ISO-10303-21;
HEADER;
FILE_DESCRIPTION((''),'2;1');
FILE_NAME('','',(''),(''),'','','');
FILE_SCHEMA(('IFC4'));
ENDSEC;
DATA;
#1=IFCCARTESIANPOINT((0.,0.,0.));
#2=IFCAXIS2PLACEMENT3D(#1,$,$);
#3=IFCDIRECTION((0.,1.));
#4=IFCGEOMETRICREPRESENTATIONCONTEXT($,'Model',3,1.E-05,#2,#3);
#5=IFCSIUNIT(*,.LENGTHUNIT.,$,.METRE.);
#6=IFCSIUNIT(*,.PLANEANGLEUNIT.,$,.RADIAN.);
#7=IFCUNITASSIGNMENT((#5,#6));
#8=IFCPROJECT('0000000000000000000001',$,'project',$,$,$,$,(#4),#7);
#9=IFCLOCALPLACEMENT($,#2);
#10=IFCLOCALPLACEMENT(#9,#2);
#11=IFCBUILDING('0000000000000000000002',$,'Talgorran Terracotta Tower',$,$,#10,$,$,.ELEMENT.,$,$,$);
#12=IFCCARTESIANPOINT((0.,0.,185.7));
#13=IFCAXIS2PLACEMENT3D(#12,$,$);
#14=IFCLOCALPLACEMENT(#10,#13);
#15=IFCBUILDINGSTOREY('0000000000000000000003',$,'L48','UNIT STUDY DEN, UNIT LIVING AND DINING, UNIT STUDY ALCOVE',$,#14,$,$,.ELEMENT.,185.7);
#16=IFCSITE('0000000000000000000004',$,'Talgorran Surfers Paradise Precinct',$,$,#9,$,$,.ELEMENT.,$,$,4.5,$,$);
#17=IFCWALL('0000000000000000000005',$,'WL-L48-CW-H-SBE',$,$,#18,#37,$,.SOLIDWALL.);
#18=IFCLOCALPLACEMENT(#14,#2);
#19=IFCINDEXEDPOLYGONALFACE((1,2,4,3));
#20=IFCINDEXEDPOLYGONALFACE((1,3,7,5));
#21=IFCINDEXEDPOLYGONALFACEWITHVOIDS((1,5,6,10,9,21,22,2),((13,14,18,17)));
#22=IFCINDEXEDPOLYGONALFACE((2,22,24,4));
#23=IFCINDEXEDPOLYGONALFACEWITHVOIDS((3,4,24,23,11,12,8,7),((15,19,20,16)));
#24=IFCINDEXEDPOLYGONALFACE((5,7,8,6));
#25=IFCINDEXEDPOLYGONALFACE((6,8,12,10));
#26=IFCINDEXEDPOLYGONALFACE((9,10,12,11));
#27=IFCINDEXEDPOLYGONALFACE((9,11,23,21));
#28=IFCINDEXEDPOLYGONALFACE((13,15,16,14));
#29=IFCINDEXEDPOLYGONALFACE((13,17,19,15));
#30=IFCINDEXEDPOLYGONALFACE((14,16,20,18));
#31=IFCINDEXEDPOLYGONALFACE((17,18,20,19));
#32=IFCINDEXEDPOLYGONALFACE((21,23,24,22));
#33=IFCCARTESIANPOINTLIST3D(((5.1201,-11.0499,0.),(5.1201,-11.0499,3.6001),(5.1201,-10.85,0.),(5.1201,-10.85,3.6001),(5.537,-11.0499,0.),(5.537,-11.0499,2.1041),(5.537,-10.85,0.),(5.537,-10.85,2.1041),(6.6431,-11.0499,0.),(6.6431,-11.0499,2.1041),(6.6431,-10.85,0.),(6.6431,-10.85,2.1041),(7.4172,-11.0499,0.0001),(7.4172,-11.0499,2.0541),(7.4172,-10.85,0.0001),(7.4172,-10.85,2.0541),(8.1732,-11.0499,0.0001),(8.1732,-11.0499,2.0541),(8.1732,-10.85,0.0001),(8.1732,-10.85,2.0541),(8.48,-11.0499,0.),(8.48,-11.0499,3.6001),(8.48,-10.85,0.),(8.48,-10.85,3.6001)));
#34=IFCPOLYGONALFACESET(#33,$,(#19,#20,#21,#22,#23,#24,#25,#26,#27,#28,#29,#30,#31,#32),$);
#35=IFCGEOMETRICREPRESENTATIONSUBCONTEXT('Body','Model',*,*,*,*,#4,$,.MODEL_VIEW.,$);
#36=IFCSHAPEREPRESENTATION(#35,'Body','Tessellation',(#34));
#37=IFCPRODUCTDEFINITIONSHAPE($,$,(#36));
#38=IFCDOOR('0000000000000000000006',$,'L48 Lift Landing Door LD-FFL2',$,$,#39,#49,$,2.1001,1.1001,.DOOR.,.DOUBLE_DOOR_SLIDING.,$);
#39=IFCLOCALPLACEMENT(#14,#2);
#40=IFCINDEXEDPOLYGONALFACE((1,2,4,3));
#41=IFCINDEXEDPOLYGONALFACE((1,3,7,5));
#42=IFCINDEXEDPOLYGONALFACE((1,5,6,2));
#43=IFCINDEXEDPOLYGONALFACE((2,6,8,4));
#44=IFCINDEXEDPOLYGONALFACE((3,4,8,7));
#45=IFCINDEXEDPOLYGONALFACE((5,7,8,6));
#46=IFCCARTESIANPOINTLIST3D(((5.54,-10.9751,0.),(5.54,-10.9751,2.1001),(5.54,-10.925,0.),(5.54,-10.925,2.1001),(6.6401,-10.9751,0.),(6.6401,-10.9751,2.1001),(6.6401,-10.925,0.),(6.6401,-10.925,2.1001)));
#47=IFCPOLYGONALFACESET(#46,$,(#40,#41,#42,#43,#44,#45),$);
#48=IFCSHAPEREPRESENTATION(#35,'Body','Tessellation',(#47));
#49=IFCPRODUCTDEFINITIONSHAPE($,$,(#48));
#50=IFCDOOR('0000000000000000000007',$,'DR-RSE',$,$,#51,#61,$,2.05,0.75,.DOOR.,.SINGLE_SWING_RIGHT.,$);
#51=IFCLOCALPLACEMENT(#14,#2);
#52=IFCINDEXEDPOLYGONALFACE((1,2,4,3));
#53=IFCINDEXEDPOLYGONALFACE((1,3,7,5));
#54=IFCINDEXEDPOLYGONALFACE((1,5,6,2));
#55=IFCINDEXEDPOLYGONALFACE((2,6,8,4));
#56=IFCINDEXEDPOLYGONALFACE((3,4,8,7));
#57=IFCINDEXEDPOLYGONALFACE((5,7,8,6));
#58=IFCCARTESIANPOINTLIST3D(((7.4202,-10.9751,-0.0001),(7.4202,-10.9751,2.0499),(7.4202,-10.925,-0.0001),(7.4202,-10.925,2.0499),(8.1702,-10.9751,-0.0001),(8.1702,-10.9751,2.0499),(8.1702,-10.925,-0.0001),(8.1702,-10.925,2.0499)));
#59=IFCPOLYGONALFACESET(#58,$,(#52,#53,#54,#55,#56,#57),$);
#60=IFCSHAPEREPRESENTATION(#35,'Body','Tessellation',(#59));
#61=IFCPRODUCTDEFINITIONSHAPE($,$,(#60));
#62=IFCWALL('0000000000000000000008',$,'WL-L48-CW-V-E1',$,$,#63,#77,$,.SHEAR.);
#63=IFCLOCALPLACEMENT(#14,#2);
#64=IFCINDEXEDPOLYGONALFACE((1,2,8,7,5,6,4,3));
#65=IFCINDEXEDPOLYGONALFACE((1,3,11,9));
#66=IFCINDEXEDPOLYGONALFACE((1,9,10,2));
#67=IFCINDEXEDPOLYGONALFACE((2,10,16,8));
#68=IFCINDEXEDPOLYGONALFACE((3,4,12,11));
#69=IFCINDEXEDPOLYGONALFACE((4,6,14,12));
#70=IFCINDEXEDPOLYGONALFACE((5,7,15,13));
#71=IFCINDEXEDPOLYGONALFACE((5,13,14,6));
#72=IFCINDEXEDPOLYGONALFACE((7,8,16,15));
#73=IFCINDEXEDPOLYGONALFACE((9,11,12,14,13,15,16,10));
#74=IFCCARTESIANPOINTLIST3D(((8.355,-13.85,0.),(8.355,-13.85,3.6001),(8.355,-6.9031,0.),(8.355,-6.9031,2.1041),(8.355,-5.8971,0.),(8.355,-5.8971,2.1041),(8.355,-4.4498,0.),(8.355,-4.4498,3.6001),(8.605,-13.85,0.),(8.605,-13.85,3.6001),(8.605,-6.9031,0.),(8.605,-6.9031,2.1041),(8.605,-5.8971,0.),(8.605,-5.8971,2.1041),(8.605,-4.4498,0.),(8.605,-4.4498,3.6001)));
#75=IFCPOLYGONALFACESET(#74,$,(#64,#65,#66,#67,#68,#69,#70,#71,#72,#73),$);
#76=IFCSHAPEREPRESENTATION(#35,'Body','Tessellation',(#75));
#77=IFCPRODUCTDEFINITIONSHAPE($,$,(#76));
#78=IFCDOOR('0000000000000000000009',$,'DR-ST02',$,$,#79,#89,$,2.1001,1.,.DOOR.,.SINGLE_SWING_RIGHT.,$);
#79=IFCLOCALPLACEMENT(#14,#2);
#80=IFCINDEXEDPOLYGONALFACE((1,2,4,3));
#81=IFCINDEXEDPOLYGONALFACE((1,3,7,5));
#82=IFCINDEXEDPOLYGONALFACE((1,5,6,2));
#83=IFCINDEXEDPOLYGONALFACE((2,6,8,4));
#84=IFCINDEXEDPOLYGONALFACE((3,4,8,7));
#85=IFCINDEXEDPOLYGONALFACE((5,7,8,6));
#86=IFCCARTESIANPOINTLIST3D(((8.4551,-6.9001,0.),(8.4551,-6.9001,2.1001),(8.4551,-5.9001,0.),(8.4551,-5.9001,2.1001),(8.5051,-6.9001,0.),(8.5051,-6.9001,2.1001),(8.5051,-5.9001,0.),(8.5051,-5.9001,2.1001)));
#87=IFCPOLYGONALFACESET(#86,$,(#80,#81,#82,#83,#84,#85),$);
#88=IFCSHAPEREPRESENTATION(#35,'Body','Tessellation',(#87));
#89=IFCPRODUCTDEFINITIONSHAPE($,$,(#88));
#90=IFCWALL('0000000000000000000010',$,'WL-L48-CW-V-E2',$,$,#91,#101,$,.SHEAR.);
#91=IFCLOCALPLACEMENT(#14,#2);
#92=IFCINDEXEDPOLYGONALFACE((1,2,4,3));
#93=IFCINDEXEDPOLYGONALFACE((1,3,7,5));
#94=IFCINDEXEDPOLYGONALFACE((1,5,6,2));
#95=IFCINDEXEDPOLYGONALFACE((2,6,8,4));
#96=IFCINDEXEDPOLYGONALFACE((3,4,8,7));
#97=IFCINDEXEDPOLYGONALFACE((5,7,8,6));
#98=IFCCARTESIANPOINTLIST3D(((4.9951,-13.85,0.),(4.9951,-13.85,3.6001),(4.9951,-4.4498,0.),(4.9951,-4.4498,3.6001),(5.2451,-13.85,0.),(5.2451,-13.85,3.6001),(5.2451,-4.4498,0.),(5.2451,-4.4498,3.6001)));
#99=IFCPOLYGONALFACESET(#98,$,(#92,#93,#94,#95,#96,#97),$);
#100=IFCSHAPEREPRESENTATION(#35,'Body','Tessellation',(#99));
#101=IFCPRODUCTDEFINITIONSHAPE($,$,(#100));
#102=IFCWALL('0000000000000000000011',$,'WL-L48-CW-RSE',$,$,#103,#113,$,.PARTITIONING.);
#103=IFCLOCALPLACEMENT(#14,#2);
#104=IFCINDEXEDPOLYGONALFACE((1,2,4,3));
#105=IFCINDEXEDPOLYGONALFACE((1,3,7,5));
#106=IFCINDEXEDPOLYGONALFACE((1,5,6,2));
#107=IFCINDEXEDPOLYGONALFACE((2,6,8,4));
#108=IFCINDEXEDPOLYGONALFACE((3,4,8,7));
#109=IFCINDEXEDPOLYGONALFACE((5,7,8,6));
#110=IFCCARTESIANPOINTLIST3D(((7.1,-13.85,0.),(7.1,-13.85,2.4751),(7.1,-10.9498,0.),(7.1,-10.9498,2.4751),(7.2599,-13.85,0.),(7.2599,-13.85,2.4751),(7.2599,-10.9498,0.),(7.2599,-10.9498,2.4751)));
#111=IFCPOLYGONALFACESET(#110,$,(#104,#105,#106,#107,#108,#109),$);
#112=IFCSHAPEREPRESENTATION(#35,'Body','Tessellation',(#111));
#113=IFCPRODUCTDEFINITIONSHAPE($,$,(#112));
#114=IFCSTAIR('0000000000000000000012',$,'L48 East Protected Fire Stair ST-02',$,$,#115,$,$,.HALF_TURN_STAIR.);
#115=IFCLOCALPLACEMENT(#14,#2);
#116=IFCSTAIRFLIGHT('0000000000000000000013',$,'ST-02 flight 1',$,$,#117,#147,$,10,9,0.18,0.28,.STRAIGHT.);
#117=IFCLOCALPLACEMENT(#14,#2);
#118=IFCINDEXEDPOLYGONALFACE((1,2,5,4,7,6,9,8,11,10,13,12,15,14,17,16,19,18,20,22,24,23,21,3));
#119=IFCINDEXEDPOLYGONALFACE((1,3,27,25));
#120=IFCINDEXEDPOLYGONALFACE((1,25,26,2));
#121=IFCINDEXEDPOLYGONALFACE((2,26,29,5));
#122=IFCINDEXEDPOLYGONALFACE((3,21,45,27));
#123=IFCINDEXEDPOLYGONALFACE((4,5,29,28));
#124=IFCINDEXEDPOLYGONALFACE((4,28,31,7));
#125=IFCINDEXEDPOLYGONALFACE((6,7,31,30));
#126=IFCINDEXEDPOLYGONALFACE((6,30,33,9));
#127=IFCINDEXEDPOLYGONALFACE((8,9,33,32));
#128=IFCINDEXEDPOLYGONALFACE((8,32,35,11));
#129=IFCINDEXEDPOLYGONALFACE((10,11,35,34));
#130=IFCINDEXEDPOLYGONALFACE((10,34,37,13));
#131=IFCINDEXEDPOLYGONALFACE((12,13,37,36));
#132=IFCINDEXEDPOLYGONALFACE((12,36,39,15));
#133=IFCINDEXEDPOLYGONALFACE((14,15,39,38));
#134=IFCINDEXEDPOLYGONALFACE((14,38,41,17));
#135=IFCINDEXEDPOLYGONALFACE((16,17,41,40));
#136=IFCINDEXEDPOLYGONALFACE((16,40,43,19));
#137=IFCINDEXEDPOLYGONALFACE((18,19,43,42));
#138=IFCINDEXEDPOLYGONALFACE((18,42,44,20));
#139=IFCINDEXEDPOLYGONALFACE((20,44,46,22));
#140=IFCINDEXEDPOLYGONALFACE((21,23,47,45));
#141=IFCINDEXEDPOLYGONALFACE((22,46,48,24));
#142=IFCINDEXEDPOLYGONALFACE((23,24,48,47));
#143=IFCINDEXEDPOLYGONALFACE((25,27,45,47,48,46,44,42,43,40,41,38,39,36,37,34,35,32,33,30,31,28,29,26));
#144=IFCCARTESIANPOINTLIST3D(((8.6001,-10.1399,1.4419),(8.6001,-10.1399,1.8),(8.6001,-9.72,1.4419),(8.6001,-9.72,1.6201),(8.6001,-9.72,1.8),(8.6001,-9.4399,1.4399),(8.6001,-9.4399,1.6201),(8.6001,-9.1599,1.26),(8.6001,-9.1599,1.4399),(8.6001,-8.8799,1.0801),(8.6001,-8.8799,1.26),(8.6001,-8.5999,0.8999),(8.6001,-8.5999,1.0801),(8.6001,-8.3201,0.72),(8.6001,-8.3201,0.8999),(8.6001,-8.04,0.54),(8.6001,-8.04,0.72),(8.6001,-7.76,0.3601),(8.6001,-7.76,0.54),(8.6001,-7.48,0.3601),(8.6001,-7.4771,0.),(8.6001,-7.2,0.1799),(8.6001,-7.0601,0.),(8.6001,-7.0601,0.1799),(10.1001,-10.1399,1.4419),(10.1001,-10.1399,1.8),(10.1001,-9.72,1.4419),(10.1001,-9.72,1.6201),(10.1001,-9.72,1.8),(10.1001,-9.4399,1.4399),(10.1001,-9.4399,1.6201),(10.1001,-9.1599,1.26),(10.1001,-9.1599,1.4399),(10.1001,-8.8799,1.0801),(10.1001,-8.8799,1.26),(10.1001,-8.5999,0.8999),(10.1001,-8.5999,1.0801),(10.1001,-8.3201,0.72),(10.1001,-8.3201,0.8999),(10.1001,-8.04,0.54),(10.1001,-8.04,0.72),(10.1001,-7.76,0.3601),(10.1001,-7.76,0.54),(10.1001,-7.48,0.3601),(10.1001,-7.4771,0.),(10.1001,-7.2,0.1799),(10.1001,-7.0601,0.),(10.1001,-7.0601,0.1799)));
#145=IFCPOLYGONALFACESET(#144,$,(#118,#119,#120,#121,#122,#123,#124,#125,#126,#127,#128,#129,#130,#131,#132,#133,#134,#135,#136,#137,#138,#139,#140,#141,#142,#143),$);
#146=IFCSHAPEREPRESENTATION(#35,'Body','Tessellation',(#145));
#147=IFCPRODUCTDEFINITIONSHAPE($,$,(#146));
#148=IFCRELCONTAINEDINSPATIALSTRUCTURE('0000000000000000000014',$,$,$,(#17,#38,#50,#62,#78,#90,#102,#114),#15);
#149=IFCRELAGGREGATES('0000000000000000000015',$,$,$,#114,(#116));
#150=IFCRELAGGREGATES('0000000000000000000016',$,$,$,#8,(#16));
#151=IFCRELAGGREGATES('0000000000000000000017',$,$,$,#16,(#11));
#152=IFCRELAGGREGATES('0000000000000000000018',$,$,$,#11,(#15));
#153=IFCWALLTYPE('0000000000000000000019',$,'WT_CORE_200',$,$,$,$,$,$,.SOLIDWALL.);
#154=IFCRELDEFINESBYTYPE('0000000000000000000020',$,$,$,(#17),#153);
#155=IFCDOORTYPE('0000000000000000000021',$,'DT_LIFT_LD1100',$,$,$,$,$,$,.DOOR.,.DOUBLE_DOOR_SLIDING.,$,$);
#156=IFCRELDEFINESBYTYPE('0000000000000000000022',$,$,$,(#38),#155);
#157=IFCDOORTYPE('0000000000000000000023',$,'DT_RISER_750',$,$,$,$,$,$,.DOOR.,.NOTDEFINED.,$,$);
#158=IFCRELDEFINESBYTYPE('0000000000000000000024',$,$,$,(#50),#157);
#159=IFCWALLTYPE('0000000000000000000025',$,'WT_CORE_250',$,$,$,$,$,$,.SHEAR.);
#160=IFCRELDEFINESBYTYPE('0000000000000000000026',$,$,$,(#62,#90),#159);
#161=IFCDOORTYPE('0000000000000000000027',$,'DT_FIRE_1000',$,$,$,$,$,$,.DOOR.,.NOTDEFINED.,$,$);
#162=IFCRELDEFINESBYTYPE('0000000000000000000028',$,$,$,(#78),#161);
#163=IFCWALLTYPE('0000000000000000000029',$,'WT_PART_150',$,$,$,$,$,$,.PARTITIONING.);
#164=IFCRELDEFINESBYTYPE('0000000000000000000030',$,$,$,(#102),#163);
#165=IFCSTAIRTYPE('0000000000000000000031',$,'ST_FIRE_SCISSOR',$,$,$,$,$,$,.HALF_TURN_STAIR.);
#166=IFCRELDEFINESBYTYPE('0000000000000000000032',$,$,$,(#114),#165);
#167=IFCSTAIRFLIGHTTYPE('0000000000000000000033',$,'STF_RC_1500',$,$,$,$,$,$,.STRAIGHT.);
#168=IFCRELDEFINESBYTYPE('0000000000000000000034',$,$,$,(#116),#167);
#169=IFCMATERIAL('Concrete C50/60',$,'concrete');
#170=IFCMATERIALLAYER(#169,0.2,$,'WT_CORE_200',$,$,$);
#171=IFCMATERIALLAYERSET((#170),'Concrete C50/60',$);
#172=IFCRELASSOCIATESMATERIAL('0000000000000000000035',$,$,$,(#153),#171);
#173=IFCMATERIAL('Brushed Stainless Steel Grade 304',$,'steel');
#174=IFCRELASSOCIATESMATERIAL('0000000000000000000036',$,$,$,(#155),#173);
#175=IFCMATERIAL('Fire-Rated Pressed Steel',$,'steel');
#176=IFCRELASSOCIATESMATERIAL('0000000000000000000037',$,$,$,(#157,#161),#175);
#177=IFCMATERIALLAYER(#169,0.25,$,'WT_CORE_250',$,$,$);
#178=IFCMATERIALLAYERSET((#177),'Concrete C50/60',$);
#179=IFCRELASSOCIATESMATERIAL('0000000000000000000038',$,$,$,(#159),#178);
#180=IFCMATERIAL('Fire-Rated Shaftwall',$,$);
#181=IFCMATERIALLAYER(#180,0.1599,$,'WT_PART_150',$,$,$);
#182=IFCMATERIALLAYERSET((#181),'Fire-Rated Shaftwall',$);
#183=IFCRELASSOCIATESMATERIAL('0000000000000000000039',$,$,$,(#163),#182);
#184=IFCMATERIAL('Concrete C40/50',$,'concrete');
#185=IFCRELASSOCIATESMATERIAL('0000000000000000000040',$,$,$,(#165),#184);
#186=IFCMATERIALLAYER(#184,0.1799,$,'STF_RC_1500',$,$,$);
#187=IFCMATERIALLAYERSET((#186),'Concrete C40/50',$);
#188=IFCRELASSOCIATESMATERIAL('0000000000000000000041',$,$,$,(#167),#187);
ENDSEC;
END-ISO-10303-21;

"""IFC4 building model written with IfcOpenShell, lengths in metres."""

from ifc_helpers import new_model, si_unit, direction, frame, frame_2d, origin, place, context, subcontext, project, spatial, polyline, rectangle, outline, extrude, material, layer, layer_set, type_object, element, fill, aggregate, save


model = new_model("IFC4")

# Units and contexts
model_context = context("Model", 3, precision=1e-05, world=origin(), true_north=direction((0.0, 1.0)))
body_context = subcontext(model_context, "Body", "Model", "MODEL_VIEW")
ifc_project = project(units=[si_unit("LENGTHUNIT", "METRE"), si_unit("PLANEANGLEUNIT", "RADIAN")], contexts=[model_context])

# Site, building, storey
site_placement = place(None, origin())
site = spatial("IfcSite", under=ifc_project, at=site_placement, Name="Talgorran Surfers Paradise Precinct", CompositionType="ELEMENT", RefElevation=4.5)
building_placement = place(site_placement, origin())
building = spatial("IfcBuilding", under=site, at=building_placement, Name="Talgorran Terracotta Tower", CompositionType="ELEMENT")
storey_placement = place(building_placement, frame((0.0, 0.0, 185.7)))
storey = spatial("IfcBuildingStorey", under=building, at=storey_placement, Name="L48", Description="UNIT STUDY DEN, UNIT LIVING AND DINING, UNIT STUDY ALCOVE", CompositionType="ELEMENT", Elevation=185.7)

# Shared definitions
ifc_material_1 = material(Name="Concrete C50/60", Category="concrete")

# Shared definitions
ifc_layer_1 = layer(ifc_material_1, 0.2, Name="WT_CORE_200")
ifc_layer_set_1 = layer_set([ifc_layer_1], Name="Concrete C50/60")
wall_type_1 = type_object("IfcWallType", Name="WT_CORE_200", PredefinedType="SOLIDWALL", material=ifc_layer_set_1)

# Wall, openings, doors
wall_1_placement = place(storey_placement, frame((5.1201, -10.95, 0.0), z_axis=(0.0, 0.0, 1.0), x_axis=(1.0, 0.0, 0.0)))
wall_1 = element("IfcWall", 1, at=wall_1_placement, inside=storey, type_object=wall_type_1, Name="WL-L48-CW-H-SBE", PredefinedType="SOLIDWALL", context=body_context, shape_type="SweptSolid", body=[
    extrude(rectangle(XDim=3.3599, YDim=0.2, at=frame_2d((1.6799, 0.0))), origin(), (0.0, 0.0, 1.0), 3.6001),
])
opening_1_placement = place(wall_1_placement, frame((0.4199, 0.0, 0.0)))
opening_1 = element("IfcOpeningElement", 2, at=opening_1_placement, cuts=wall_1, PredefinedType="OPENING", context=body_context, shape_type="SweptSolid", body=[
    extrude(rectangle(XDim=1.1061, YDim=2.1041, at=frame_2d((0.55, 1.052))), frame((0.0, 0.1099, 0.0), z_axis=(0.0, -1.0, 0.0), x_axis=(1.0, 0.0, 0.0)), (0.0, 0.0, 1.0), 0.22),
])
opening_2_placement = place(wall_1_placement, frame((2.3, 0.0, 0.0)))
opening_2 = element("IfcOpeningElement", 3, at=opening_2_placement, cuts=wall_1, PredefinedType="OPENING", context=body_context, shape_type="SweptSolid", body=[
    extrude(rectangle(XDim=0.756, YDim=2.054, at=frame_2d((0.375, 1.0271))), frame((0.0, 0.1099, 0.0), z_axis=(0.0, -1.0, 0.0), x_axis=(1.0, 0.0, 0.0)), (0.0, 0.0, 1.0), 0.22),
])
ifc_material_2 = material(Name="Brushed Stainless Steel Grade 304", Category="steel")
door_type_1 = type_object("IfcDoorType", Name="DT_LIFT_LD1100", OperationType="DOUBLE_DOOR_SLIDING", PredefinedType="DOOR", material=ifc_material_2)
door_1_placement = place(opening_1_placement, origin())
door_1 = element("IfcDoor", 4, at=door_1_placement, inside=storey, type_object=door_type_1, Name="L48 Lift Landing Door LD-FFL2", OperationType="DOUBLE_DOOR_SLIDING", OverallHeight=2.1001, OverallWidth=1.1001, PredefinedType="DOOR", context=body_context, shape_type="SweptSolid", body=[
    extrude(rectangle(XDim=1.1001, YDim=2.1001, at=frame_2d((0.55, 1.05))), frame((0.0, 0.0249, 0.0), z_axis=(0.0, -1.0, 0.0), x_axis=(1.0, 0.0, 0.0)), (0.0, 0.0, 1.0), 0.05),
])
fill(opening_1, door_1)
ifc_material_3 = material(Name="Fire-Rated Pressed Steel", Category="steel")
door_type_2 = type_object("IfcDoorType", Name="DT_RISER_750", OperationType="NOTDEFINED", PredefinedType="DOOR", material=ifc_material_3)
door_2_placement = place(opening_2_placement, origin())
door_2 = element("IfcDoor", 5, at=door_2_placement, inside=storey, type_object=door_type_2, Name="DR-RSE", OperationType="SINGLE_SWING_RIGHT", OverallHeight=2.05, OverallWidth=0.75, PredefinedType="DOOR", context=body_context, shape_type="SweptSolid", body=[
    extrude(rectangle(XDim=0.75, YDim=2.05, at=frame_2d((0.375, 1.0249))), frame((0.0, 0.0249, 0.0), z_axis=(0.0, -1.0, 0.0), x_axis=(1.0, 0.0, 0.0)), (0.0, 0.0, 1.0), 0.05),
])
fill(opening_2, door_2)

# Wall, opening, door
ifc_layer_2 = layer(ifc_material_1, 0.25, Name="WT_CORE_250")
ifc_layer_set_2 = layer_set([ifc_layer_2], Name="Concrete C50/60")
wall_type_2 = type_object("IfcWallType", Name="WT_CORE_250", PredefinedType="SHEAR", material=ifc_layer_set_2)
wall_2_placement = place(storey_placement, frame((8.48, -13.8501, 0.0), z_axis=(0.0, 0.0, 1.0), x_axis=(0.0, 1.0, 0.0)))
wall_2 = element("IfcWall", 6, at=wall_2_placement, inside=storey, type_object=wall_type_2, Name="WL-L48-CW-V-E1", PredefinedType="SHEAR", context=body_context, shape_type="SweptSolid", body=[
    extrude(rectangle(XDim=9.4001, YDim=0.25, at=frame_2d((4.7002, 0.0))), origin(), (0.0, 0.0, 1.0), 3.6001),
])
opening_3_placement = place(wall_2_placement, frame((6.95, 0.0, 0.0)))
opening_3 = element("IfcOpeningElement", 7, at=opening_3_placement, cuts=wall_2, PredefinedType="OPENING", context=body_context, shape_type="SweptSolid", body=[
    extrude(rectangle(XDim=1.006, YDim=2.1041, at=frame_2d((0.5, 1.052))), frame((0.0, 0.135, 0.0), z_axis=(0.0, -1.0, 0.0), x_axis=(1.0, 0.0, 0.0)), (0.0, 0.0, 1.0), 0.27),
])
door_type_3 = type_object("IfcDoorType", Name="DT_FIRE_1000", OperationType="NOTDEFINED", PredefinedType="DOOR", material=ifc_material_3)
door_3_placement = place(opening_3_placement, origin())
door_3 = element("IfcDoor", 8, at=door_3_placement, inside=storey, type_object=door_type_3, Name="DR-ST02", OperationType="SINGLE_SWING_RIGHT", OverallHeight=2.1001, OverallWidth=1.0, PredefinedType="DOOR", context=body_context, shape_type="SweptSolid", body=[
    extrude(rectangle(XDim=1.0, YDim=2.1001, at=frame_2d((0.5, 1.05))), frame((0.0, 0.0249, 0.0), z_axis=(0.0, -1.0, 0.0), x_axis=(1.0, 0.0, 0.0)), (0.0, 0.0, 1.0), 0.05),
])
fill(opening_3, door_3)

# Walls
wall_3_placement = place(storey_placement, frame((5.1201, -13.8501, 0.0), z_axis=(0.0, 0.0, 1.0), x_axis=(0.0, 1.0, 0.0)))
element("IfcWall", 9, at=wall_3_placement, inside=storey, type_object=wall_type_2, Name="WL-L48-CW-V-E2", PredefinedType="SHEAR", context=body_context, shape_type="SweptSolid", body=[
    extrude(rectangle(XDim=9.4001, YDim=0.25, at=frame_2d((4.7002, 0.0))), origin(), (0.0, 0.0, 1.0), 3.6001),
])
ifc_material_4 = material(Name="Fire-Rated Shaftwall")
ifc_layer_3 = layer(ifc_material_4, 0.1599, Name="WT_PART_150")
ifc_layer_set_3 = layer_set([ifc_layer_3], Name="Fire-Rated Shaftwall")
wall_type_3 = type_object("IfcWallType", Name="WT_PART_150", PredefinedType="PARTITIONING", material=ifc_layer_set_3)
wall_4_placement = place(storey_placement, frame((7.1799, -13.8501, 0.0), z_axis=(0.0, 0.0, 1.0), x_axis=(0.0, 1.0, 0.0)))
element("IfcWall", 10, at=wall_4_placement, inside=storey, type_object=wall_type_3, Name="WL-L48-CW-RSE", PredefinedType="PARTITIONING", context=body_context, shape_type="SweptSolid", body=[
    extrude(rectangle(XDim=2.9001, YDim=0.1599, at=frame_2d((1.4502, 0.0))), origin(), (0.0, 0.0, 1.0), 2.4751),
])

# Stair, stair flight
ifc_material_5 = material(Name="Concrete C40/50", Category="concrete")
stair_type = type_object("IfcStairType", Name="ST_FIRE_SCISSOR", PredefinedType="HALF_TURN_STAIR", material=ifc_material_5)
stair_placement = place(storey_placement, origin())
stair = element("IfcStair", 11, at=stair_placement, inside=storey, type_object=stair_type, Name="L48 East Protected Fire Stair ST-02", PredefinedType="HALF_TURN_STAIR")
ifc_layer_4 = layer(ifc_material_5, 0.1799, Name="STF_RC_1500")
ifc_layer_set_4 = layer_set([ifc_layer_4], Name="Concrete C40/50")
stair_flight_type = type_object("IfcStairFlightType", Name="STF_RC_1500", PredefinedType="STRAIGHT", material=ifc_layer_set_4)
stair_flight_1_placement = place(storey_placement, frame((9.3501, -7.2, 0.0), z_axis=(0.0, 0.0, 1.0), x_axis=(0.0, -1.0, 0.0)))
stair_flight_1 = element("IfcStairFlight", 12, at=stair_flight_1_placement, type_object=stair_flight_type, Name="ST-02 flight 1", NumberOfRisers=10, NumberOfTreads=9, PredefinedType="STRAIGHT", RiserHeight=0.18, TreadLength=0.28, context=body_context, shape_type="SweptSolid", body=[
    extrude(outline(polyline([(-0.1399, 0.0), (-0.1399, 0.1799), (0.0, 0.1799), (0.28, 0.3601), (0.5601, 0.3601), (0.5601, 0.54), (0.8401, 0.54), (0.8401, 0.72), (1.1201, 0.72), (1.1201, 0.8999), (1.3999, 0.8999), (1.3999, 1.0801), (1.6799, 1.0801), (1.6799, 1.26), (1.96, 1.26), (1.96, 1.4399), (2.24, 1.4399), (2.24, 1.6201), (2.52, 1.6201), (2.52, 1.8), (2.9399, 1.8), (2.9399, 1.4419), (2.52, 1.4419), (0.2771, 0.0), (-0.1399, 0.0)])), frame((0.0, 0.75, 0.0), z_axis=(0.0, -1.0, 0.0), x_axis=(1.0, 0.0, 0.0)), (0.0, 0.0, 1.0), 1.5),
])
aggregate(stair, [stair_flight_1])

save(model, "model.ifc")
